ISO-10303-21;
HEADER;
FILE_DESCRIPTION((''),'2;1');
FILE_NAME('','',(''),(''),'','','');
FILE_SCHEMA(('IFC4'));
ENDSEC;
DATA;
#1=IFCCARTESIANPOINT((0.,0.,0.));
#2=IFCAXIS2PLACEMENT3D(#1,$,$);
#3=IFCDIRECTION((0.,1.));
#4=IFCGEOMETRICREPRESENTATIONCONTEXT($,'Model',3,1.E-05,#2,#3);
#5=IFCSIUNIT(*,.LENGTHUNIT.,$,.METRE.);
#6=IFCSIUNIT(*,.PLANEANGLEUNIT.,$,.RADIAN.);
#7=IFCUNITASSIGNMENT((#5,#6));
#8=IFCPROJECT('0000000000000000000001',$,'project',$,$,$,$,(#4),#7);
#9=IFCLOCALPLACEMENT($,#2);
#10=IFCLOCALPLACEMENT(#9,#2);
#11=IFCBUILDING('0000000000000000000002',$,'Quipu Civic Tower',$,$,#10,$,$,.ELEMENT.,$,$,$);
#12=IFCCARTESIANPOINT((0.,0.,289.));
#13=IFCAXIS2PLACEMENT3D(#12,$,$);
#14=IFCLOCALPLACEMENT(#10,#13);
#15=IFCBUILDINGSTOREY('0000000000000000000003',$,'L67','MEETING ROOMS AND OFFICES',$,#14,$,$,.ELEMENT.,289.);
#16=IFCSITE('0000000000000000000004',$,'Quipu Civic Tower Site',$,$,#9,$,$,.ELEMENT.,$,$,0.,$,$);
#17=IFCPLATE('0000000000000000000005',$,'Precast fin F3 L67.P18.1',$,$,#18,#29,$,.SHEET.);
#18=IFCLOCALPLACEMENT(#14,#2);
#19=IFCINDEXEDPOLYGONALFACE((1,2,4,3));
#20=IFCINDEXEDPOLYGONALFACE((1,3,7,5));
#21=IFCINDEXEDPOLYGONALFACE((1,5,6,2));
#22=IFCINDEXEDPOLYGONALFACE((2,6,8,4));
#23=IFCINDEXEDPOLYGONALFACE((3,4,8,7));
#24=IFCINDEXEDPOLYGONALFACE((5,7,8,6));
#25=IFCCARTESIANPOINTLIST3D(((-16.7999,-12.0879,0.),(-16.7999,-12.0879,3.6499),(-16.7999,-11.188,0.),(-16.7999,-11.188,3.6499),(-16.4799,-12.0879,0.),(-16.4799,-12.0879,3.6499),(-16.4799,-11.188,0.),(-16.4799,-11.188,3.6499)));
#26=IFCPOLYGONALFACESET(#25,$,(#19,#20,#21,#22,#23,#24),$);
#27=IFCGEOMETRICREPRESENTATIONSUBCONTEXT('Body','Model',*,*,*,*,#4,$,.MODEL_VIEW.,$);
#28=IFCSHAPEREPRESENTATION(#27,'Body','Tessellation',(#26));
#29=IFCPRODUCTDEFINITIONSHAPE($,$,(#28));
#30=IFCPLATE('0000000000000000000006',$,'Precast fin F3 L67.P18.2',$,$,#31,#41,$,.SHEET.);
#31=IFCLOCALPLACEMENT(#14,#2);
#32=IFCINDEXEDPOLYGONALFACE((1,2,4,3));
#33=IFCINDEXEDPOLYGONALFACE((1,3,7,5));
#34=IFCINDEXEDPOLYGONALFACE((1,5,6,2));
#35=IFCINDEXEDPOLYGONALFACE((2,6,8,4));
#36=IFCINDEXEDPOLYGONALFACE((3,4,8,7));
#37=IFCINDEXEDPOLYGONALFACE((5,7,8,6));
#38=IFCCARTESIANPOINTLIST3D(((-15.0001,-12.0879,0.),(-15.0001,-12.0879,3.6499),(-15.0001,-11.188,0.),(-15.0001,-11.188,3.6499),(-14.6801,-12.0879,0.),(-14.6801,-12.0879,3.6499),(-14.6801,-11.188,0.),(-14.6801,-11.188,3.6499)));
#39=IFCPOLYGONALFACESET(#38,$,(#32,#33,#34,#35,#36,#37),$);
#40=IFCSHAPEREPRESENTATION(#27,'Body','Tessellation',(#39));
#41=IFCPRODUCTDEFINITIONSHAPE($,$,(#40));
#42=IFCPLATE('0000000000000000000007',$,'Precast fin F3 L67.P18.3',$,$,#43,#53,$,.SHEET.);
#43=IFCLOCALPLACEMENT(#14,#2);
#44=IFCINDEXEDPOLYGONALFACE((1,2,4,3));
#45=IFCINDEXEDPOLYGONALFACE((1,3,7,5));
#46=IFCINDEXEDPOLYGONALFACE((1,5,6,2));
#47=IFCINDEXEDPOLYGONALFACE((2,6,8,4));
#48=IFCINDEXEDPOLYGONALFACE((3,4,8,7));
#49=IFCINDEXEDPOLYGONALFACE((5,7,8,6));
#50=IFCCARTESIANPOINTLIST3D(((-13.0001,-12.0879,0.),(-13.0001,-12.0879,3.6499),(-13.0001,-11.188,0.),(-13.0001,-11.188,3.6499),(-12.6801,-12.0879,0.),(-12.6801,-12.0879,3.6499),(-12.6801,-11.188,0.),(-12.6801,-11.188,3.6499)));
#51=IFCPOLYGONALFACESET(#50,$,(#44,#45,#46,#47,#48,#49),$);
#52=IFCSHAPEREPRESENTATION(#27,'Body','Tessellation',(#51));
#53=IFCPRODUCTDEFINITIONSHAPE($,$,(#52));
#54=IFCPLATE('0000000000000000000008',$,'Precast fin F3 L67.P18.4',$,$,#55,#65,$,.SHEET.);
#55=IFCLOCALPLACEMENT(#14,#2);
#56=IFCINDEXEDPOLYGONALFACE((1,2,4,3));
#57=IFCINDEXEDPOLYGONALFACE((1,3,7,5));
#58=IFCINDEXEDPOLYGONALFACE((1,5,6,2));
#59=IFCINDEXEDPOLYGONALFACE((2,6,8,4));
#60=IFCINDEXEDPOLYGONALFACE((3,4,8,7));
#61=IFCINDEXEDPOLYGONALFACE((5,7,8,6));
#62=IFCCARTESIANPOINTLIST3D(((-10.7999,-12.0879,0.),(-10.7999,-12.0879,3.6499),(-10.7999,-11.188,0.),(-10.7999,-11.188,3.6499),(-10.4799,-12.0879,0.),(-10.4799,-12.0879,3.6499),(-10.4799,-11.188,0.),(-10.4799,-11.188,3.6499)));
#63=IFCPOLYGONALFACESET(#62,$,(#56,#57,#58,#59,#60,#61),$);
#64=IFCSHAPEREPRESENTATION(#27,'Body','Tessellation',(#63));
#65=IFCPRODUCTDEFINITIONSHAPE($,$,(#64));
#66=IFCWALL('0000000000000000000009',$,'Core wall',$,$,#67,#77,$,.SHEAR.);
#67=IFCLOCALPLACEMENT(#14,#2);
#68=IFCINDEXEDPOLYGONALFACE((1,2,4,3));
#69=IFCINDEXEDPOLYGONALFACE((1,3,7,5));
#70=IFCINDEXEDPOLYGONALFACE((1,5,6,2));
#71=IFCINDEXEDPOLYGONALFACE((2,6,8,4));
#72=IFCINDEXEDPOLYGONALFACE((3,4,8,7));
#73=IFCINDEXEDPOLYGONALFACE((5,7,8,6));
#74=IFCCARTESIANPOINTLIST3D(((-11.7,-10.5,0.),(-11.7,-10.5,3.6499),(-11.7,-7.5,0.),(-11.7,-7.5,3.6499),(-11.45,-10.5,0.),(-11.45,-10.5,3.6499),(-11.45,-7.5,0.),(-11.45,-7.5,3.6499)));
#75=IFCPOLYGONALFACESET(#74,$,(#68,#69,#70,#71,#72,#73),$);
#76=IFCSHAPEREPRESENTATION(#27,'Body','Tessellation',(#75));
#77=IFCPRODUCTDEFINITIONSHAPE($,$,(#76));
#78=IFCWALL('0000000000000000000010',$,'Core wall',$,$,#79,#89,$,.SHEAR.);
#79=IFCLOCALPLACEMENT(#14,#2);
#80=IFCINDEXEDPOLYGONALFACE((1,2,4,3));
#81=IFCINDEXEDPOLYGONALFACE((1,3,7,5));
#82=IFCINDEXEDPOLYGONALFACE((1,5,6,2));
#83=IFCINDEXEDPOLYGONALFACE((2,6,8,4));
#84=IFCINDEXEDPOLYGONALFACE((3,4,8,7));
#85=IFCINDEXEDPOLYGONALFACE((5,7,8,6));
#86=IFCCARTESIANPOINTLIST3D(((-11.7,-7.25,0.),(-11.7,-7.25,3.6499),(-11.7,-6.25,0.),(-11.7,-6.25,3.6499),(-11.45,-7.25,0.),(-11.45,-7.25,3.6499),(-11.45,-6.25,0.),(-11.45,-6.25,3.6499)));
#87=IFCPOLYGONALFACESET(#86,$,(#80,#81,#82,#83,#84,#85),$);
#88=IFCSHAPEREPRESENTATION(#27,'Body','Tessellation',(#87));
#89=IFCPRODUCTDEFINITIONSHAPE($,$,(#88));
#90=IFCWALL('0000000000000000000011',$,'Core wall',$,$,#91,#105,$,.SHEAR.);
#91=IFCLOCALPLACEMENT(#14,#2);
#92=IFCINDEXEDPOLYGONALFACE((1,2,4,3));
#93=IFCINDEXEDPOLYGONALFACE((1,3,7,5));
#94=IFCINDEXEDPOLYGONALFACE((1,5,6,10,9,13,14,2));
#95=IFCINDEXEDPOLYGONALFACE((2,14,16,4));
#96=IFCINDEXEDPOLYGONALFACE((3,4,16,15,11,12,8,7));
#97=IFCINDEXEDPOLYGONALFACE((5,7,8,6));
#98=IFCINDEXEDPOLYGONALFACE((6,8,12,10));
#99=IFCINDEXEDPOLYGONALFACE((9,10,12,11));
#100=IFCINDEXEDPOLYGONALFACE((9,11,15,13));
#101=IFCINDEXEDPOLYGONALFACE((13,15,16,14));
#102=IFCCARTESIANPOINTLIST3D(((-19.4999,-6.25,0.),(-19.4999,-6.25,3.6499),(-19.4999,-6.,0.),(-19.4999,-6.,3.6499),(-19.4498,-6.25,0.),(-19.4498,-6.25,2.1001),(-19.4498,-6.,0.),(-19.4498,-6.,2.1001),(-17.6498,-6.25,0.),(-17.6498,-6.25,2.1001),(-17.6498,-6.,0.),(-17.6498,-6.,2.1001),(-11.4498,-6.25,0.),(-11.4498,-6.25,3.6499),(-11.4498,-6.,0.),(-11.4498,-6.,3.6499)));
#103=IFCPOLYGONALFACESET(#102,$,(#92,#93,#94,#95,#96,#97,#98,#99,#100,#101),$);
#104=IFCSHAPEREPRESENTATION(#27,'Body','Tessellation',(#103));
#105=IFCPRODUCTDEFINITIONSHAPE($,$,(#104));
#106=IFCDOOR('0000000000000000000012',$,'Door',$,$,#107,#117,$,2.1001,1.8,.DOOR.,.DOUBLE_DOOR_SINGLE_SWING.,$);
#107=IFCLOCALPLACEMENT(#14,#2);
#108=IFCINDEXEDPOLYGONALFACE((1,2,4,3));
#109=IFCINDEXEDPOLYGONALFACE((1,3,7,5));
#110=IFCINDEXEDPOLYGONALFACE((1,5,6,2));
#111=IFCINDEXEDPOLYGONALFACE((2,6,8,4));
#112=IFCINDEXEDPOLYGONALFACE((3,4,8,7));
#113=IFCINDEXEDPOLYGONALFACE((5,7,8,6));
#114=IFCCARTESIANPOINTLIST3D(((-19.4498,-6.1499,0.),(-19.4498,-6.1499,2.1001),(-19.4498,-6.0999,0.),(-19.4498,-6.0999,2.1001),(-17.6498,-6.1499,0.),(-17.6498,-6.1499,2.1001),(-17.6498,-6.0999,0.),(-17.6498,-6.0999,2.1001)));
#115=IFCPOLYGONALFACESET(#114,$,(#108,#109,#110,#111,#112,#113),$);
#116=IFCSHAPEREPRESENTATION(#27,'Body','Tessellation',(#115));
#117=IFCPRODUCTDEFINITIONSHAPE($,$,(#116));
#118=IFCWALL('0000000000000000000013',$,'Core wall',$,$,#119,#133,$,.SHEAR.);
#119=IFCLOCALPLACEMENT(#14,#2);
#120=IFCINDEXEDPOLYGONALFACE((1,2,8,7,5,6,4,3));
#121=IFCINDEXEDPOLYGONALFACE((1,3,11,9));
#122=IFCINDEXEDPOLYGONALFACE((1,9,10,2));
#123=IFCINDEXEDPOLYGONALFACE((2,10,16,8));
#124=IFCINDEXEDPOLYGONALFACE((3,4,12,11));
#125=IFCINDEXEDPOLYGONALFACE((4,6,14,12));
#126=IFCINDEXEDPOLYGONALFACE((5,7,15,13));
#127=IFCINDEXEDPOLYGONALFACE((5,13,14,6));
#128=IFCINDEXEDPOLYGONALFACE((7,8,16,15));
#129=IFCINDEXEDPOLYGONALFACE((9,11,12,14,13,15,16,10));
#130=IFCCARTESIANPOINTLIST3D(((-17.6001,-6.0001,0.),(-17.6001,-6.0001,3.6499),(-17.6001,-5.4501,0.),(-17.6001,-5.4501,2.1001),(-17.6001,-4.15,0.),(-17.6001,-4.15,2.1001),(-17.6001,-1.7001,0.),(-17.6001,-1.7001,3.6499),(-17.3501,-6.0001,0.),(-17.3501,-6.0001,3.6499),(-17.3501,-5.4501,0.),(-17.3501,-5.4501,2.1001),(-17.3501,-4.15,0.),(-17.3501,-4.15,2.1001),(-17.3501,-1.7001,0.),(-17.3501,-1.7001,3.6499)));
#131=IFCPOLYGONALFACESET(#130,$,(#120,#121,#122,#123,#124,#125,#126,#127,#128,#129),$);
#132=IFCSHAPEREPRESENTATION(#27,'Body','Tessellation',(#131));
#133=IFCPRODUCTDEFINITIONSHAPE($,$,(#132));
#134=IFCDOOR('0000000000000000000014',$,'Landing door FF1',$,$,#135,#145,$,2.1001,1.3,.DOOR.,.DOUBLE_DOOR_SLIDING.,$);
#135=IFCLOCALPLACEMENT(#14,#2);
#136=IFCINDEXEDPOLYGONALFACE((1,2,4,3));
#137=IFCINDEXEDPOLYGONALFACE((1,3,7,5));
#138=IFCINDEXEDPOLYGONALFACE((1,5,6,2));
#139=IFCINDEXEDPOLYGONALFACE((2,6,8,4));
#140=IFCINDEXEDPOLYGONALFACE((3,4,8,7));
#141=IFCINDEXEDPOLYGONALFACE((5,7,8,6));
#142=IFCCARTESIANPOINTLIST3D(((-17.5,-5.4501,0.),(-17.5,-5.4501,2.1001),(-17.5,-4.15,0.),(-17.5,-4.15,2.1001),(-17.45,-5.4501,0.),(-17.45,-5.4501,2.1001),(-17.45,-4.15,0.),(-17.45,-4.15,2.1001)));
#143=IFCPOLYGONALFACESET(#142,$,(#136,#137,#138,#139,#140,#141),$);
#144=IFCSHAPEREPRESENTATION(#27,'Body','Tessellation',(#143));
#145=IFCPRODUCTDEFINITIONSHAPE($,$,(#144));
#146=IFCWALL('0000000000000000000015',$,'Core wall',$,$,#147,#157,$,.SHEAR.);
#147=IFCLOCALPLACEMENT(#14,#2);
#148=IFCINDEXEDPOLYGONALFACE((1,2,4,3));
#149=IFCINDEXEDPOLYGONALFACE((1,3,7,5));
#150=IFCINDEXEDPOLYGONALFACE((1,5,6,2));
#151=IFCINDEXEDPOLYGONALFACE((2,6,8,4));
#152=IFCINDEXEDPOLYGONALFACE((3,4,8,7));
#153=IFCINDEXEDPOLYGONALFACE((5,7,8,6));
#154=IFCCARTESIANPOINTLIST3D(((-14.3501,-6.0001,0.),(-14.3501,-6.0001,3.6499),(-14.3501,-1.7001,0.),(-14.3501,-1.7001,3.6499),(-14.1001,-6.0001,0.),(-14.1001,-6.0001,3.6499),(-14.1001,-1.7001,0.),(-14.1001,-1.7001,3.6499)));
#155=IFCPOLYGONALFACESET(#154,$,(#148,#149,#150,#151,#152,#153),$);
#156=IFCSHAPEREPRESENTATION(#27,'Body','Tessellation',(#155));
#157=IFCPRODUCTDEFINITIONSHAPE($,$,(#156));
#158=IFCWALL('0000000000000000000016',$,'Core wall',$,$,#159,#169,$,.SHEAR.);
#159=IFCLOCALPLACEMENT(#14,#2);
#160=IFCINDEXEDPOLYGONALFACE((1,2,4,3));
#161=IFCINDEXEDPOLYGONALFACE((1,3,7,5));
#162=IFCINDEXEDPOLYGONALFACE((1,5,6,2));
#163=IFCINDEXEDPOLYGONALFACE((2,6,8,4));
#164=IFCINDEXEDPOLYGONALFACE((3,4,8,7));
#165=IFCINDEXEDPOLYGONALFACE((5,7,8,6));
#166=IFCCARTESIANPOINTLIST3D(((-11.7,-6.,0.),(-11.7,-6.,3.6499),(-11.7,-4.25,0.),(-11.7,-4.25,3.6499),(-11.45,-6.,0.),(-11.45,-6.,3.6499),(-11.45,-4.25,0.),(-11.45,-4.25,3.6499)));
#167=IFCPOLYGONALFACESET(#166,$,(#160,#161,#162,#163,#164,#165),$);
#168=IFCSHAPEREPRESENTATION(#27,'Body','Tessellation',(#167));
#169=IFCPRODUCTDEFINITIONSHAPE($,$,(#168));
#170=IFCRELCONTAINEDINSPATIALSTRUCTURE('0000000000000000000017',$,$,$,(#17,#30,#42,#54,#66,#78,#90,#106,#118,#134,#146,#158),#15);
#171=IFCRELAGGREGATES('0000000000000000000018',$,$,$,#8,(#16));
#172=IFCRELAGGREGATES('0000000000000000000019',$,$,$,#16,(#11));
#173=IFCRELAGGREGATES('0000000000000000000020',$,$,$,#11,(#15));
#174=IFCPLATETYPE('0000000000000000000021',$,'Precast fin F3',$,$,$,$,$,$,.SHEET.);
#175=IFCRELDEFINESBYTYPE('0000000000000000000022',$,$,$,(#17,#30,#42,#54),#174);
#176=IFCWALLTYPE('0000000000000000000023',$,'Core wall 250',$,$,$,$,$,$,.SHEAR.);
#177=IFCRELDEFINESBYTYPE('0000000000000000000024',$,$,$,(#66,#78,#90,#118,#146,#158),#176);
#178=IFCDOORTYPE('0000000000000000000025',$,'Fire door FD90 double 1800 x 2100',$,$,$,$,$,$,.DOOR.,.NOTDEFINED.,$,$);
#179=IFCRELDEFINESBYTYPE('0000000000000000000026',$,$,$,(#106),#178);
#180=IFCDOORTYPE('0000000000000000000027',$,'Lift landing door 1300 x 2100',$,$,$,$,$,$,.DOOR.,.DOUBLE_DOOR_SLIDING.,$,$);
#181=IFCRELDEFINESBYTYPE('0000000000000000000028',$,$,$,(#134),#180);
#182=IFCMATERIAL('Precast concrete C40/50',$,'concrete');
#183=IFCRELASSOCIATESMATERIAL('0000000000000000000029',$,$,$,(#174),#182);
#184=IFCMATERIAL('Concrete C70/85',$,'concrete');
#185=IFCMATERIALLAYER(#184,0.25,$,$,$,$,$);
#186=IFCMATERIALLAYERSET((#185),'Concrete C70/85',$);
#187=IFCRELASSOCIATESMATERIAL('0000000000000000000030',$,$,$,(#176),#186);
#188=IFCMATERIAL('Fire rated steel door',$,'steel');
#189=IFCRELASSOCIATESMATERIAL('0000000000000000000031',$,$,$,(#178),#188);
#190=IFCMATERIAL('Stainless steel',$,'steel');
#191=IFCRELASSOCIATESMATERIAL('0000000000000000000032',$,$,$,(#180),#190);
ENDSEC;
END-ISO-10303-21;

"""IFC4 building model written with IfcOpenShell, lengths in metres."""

from ifc_helpers import new_model, si_unit, direction, frame, frame_2d, origin, origin_2d, place, context, subcontext, project, spatial, rectangle, extrude, material, layer, layer_set, type_object, element, fill, save


model = new_model("IFC4")

# Units and contexts
model_context = context("Model", 3, precision=1e-05, world=origin(), true_north=direction((0.0, 1.0)))
body_context = subcontext(model_context, "Body", "Model", "MODEL_VIEW")
ifc_project = project(units=[si_unit("LENGTHUNIT", "METRE"), si_unit("PLANEANGLEUNIT", "RADIAN")], contexts=[model_context])

# Site, building, storey
site_placement = place(None, origin())
site = spatial("IfcSite", under=ifc_project, at=site_placement, Name="Quipu Civic Tower Site", CompositionType="ELEMENT", RefElevation=0.0)
building_placement = place(site_placement, origin())
building = spatial("IfcBuilding", under=site, at=building_placement, Name="Quipu Civic Tower", CompositionType="ELEMENT")
storey_placement = place(building_placement, frame((0.0, 0.0, 289.0)))
storey = spatial("IfcBuildingStorey", under=building, at=storey_placement, Name="L67", Description="MEETING ROOMS AND OFFICES", CompositionType="ELEMENT", Elevation=289.0)

# Plates
ifc_material_1 = material(Name="Precast concrete C40/50", Category="concrete")
plate_type = type_object("IfcPlateType", Name="Precast fin F3", PredefinedType="SHEET", material=ifc_material_1)
for number, where, z_axis, x_axis, name in (
    (1, (-16.6399, -11.6379, 0.0), (0.0, 0.0, 1.0), (1.0, 0.0, 0.0), "Precast fin F3 L67.P18.1"),
    (2, (-14.8401, -11.6379, 0.0), (0.0, 0.0, 1.0), (1.0, 0.0, 0.0), "Precast fin F3 L67.P18.2"),
    (3, (-12.8401, -11.6379, 0.0), (0.0, 0.0, 1.0), (1.0, 0.0, 0.0), "Precast fin F3 L67.P18.3"),
    (4, (-10.6399, -11.6379, 0.0), (0.0, 0.0, 1.0), (1.0, 0.0, 0.0), "Precast fin F3 L67.P18.4"),
):
    element("IfcPlate", number, at=place(storey_placement, frame(where, z_axis=z_axis, x_axis=x_axis)), inside=storey, type_object=plate_type, Name=name, PredefinedType="SHEET", context=body_context, shape_type="SweptSolid", body=[
        extrude(rectangle(XDim=0.3201, YDim=0.8999, at=origin_2d()), origin(), (0.0, 0.0, 1.0), 3.6499),
    ])

# Walls
ifc_material_2 = material(Name="Concrete C70/85", Category="concrete")
ifc_layer_1 = layer(ifc_material_2, 0.25)
ifc_layer_set_1 = layer_set([ifc_layer_1], Name="Concrete C70/85")
wall_type_1 = type_object("IfcWallType", Name="Core wall 250", PredefinedType="SHEAR", material=ifc_layer_set_1)
wall_1_placement = place(storey_placement, frame((-11.575, -10.5, 0.0), z_axis=(0.0, 0.0, 1.0), x_axis=(0.0, 1.0, 0.0)))
element("IfcWall", 5, at=wall_1_placement, inside=storey, type_object=wall_type_1, Name="Core wall", PredefinedType="SHEAR", context=body_context, shape_type="SweptSolid", body=[
    extrude(rectangle(XDim=3.0, YDim=0.25, at=frame_2d((1.5, 0.0))), origin(), (0.0, 0.0, 1.0), 3.6499),
])
wall_2_placement = place(storey_placement, frame((-11.575, -7.25, 0.0), z_axis=(0.0, 0.0, 1.0), x_axis=(0.0, 1.0, 0.0)))
element("IfcWall", 6, at=wall_2_placement, inside=storey, type_object=wall_type_1, Name="Core wall", PredefinedType="SHEAR", context=body_context, shape_type="SweptSolid", body=[
    extrude(rectangle(XDim=1.0, YDim=0.25, at=frame_2d((0.5, 0.0))), origin(), (0.0, 0.0, 1.0), 3.6499),
])

# Walls, openings, doors
wall_3_placement = place(storey_placement, frame((-11.45, -6.125, 0.0), z_axis=(0.0, 0.0, 1.0), x_axis=(-1.0, 0.0, 0.0)))
wall_3 = element("IfcWall", 7, at=wall_3_placement, inside=storey, type_object=wall_type_1, Name="Core wall", PredefinedType="SHEAR", context=body_context, shape_type="SweptSolid", body=[
    extrude(rectangle(XDim=8.05, YDim=0.25, at=frame_2d((4.0249, 0.0))), origin(), (0.0, 0.0, 1.0), 3.6499),
])
opening_1_placement = place(wall_3_placement, frame((6.2, 0.0, 0.0)))
opening_1 = element("IfcOpeningElement", 8, at=opening_1_placement, cuts=wall_3, PredefinedType="OPENING", context=body_context, shape_type="SweptSolid", body=[
    extrude(rectangle(XDim=1.8, YDim=2.1001, at=frame_2d((0.8999, 1.05))), frame((0.0, 0.135, 0.0), z_axis=(0.0, -1.0, 0.0), x_axis=(1.0, 0.0, 0.0)), (0.0, 0.0, 1.0), 0.27),
])
ifc_material_3 = material(Name="Fire rated steel door", Category="steel")
door_type_1 = type_object("IfcDoorType", Name="Fire door FD90 double 1800 x 2100", OperationType="NOTDEFINED", PredefinedType="DOOR", material=ifc_material_3)
door_1_placement = place(opening_1_placement, origin())
door_1 = element("IfcDoor", 9, at=door_1_placement, inside=storey, type_object=door_type_1, Name="Door", OperationType="DOUBLE_DOOR_SINGLE_SWING", OverallHeight=2.1001, OverallWidth=1.8, PredefinedType="DOOR", context=body_context, shape_type="SweptSolid", body=[
    extrude(rectangle(XDim=1.8, YDim=2.1001, at=frame_2d((0.8999, 1.05))), frame((0.0, 0.0249, 0.0), z_axis=(0.0, -1.0, 0.0), x_axis=(1.0, 0.0, 0.0)), (0.0, 0.0, 1.0), 0.05),
])
fill(opening_1, door_1)
wall_4_placement = place(storey_placement, frame((-17.4751, -6.0, 0.0), z_axis=(0.0, 0.0, 1.0), x_axis=(0.0, 1.0, 0.0)))
wall_4 = element("IfcWall", 10, at=wall_4_placement, inside=storey, type_object=wall_type_1, Name="Core wall", PredefinedType="SHEAR", context=body_context, shape_type="SweptSolid", body=[
    extrude(rectangle(XDim=4.3, YDim=0.25, at=frame_2d((2.1499, 0.0))), origin(), (0.0, 0.0, 1.0), 3.6499),
])
opening_2_placement = place(wall_4_placement, frame((0.55, 0.0, 0.0)))
opening_2 = element("IfcOpeningElement", 11, at=opening_2_placement, cuts=wall_4, PredefinedType="OPENING", context=body_context, shape_type="SweptSolid", body=[
    extrude(rectangle(XDim=1.3, YDim=2.1001, at=frame_2d((0.6499, 1.05))), frame((0.0, 0.135, 0.0), z_axis=(0.0, -1.0, 0.0), x_axis=(1.0, 0.0, 0.0)), (0.0, 0.0, 1.0), 0.27),
])
ifc_material_4 = material(Name="Stainless steel", Category="steel")
door_type_2 = type_object("IfcDoorType", Name="Lift landing door 1300 x 2100", OperationType="DOUBLE_DOOR_SLIDING", PredefinedType="DOOR", material=ifc_material_4)
door_2_placement = place(opening_2_placement, origin())
door_2 = element("IfcDoor", 12, at=door_2_placement, inside=storey, type_object=door_type_2, Name="Landing door FF1", OperationType="DOUBLE_DOOR_SLIDING", OverallHeight=2.1001, OverallWidth=1.3, PredefinedType="DOOR", context=body_context, shape_type="SweptSolid", body=[
    extrude(rectangle(XDim=1.3, YDim=2.1001, at=frame_2d((0.6499, 1.05))), frame((0.0, 0.0249, 0.0), z_axis=(0.0, -1.0, 0.0), x_axis=(1.0, 0.0, 0.0)), (0.0, 0.0, 1.0), 0.05),
])
fill(opening_2, door_2)

# Walls
wall_5_placement = place(storey_placement, frame((-14.2251, -6.0, 0.0), z_axis=(0.0, 0.0, 1.0), x_axis=(0.0, 1.0, 0.0)))
element("IfcWall", 13, at=wall_5_placement, inside=storey, type_object=wall_type_1, Name="Core wall", PredefinedType="SHEAR", context=body_context, shape_type="SweptSolid", body=[
    extrude(rectangle(XDim=4.3, YDim=0.25, at=frame_2d((2.1499, 0.0))), origin(), (0.0, 0.0, 1.0), 3.6499),
])
wall_6_placement = place(storey_placement, frame((-11.575, -6.0, 0.0), z_axis=(0.0, 0.0, 1.0), x_axis=(0.0, 1.0, 0.0)))
element("IfcWall", 14, at=wall_6_placement, inside=storey, type_object=wall_type_1, Name="Core wall", PredefinedType="SHEAR", context=body_context, shape_type="SweptSolid", body=[
    extrude(rectangle(XDim=1.75, YDim=0.25, at=frame_2d((0.875, 0.0))), origin(), (0.0, 0.0, 1.0), 3.6499),
])

save(model, "model.ifc")
